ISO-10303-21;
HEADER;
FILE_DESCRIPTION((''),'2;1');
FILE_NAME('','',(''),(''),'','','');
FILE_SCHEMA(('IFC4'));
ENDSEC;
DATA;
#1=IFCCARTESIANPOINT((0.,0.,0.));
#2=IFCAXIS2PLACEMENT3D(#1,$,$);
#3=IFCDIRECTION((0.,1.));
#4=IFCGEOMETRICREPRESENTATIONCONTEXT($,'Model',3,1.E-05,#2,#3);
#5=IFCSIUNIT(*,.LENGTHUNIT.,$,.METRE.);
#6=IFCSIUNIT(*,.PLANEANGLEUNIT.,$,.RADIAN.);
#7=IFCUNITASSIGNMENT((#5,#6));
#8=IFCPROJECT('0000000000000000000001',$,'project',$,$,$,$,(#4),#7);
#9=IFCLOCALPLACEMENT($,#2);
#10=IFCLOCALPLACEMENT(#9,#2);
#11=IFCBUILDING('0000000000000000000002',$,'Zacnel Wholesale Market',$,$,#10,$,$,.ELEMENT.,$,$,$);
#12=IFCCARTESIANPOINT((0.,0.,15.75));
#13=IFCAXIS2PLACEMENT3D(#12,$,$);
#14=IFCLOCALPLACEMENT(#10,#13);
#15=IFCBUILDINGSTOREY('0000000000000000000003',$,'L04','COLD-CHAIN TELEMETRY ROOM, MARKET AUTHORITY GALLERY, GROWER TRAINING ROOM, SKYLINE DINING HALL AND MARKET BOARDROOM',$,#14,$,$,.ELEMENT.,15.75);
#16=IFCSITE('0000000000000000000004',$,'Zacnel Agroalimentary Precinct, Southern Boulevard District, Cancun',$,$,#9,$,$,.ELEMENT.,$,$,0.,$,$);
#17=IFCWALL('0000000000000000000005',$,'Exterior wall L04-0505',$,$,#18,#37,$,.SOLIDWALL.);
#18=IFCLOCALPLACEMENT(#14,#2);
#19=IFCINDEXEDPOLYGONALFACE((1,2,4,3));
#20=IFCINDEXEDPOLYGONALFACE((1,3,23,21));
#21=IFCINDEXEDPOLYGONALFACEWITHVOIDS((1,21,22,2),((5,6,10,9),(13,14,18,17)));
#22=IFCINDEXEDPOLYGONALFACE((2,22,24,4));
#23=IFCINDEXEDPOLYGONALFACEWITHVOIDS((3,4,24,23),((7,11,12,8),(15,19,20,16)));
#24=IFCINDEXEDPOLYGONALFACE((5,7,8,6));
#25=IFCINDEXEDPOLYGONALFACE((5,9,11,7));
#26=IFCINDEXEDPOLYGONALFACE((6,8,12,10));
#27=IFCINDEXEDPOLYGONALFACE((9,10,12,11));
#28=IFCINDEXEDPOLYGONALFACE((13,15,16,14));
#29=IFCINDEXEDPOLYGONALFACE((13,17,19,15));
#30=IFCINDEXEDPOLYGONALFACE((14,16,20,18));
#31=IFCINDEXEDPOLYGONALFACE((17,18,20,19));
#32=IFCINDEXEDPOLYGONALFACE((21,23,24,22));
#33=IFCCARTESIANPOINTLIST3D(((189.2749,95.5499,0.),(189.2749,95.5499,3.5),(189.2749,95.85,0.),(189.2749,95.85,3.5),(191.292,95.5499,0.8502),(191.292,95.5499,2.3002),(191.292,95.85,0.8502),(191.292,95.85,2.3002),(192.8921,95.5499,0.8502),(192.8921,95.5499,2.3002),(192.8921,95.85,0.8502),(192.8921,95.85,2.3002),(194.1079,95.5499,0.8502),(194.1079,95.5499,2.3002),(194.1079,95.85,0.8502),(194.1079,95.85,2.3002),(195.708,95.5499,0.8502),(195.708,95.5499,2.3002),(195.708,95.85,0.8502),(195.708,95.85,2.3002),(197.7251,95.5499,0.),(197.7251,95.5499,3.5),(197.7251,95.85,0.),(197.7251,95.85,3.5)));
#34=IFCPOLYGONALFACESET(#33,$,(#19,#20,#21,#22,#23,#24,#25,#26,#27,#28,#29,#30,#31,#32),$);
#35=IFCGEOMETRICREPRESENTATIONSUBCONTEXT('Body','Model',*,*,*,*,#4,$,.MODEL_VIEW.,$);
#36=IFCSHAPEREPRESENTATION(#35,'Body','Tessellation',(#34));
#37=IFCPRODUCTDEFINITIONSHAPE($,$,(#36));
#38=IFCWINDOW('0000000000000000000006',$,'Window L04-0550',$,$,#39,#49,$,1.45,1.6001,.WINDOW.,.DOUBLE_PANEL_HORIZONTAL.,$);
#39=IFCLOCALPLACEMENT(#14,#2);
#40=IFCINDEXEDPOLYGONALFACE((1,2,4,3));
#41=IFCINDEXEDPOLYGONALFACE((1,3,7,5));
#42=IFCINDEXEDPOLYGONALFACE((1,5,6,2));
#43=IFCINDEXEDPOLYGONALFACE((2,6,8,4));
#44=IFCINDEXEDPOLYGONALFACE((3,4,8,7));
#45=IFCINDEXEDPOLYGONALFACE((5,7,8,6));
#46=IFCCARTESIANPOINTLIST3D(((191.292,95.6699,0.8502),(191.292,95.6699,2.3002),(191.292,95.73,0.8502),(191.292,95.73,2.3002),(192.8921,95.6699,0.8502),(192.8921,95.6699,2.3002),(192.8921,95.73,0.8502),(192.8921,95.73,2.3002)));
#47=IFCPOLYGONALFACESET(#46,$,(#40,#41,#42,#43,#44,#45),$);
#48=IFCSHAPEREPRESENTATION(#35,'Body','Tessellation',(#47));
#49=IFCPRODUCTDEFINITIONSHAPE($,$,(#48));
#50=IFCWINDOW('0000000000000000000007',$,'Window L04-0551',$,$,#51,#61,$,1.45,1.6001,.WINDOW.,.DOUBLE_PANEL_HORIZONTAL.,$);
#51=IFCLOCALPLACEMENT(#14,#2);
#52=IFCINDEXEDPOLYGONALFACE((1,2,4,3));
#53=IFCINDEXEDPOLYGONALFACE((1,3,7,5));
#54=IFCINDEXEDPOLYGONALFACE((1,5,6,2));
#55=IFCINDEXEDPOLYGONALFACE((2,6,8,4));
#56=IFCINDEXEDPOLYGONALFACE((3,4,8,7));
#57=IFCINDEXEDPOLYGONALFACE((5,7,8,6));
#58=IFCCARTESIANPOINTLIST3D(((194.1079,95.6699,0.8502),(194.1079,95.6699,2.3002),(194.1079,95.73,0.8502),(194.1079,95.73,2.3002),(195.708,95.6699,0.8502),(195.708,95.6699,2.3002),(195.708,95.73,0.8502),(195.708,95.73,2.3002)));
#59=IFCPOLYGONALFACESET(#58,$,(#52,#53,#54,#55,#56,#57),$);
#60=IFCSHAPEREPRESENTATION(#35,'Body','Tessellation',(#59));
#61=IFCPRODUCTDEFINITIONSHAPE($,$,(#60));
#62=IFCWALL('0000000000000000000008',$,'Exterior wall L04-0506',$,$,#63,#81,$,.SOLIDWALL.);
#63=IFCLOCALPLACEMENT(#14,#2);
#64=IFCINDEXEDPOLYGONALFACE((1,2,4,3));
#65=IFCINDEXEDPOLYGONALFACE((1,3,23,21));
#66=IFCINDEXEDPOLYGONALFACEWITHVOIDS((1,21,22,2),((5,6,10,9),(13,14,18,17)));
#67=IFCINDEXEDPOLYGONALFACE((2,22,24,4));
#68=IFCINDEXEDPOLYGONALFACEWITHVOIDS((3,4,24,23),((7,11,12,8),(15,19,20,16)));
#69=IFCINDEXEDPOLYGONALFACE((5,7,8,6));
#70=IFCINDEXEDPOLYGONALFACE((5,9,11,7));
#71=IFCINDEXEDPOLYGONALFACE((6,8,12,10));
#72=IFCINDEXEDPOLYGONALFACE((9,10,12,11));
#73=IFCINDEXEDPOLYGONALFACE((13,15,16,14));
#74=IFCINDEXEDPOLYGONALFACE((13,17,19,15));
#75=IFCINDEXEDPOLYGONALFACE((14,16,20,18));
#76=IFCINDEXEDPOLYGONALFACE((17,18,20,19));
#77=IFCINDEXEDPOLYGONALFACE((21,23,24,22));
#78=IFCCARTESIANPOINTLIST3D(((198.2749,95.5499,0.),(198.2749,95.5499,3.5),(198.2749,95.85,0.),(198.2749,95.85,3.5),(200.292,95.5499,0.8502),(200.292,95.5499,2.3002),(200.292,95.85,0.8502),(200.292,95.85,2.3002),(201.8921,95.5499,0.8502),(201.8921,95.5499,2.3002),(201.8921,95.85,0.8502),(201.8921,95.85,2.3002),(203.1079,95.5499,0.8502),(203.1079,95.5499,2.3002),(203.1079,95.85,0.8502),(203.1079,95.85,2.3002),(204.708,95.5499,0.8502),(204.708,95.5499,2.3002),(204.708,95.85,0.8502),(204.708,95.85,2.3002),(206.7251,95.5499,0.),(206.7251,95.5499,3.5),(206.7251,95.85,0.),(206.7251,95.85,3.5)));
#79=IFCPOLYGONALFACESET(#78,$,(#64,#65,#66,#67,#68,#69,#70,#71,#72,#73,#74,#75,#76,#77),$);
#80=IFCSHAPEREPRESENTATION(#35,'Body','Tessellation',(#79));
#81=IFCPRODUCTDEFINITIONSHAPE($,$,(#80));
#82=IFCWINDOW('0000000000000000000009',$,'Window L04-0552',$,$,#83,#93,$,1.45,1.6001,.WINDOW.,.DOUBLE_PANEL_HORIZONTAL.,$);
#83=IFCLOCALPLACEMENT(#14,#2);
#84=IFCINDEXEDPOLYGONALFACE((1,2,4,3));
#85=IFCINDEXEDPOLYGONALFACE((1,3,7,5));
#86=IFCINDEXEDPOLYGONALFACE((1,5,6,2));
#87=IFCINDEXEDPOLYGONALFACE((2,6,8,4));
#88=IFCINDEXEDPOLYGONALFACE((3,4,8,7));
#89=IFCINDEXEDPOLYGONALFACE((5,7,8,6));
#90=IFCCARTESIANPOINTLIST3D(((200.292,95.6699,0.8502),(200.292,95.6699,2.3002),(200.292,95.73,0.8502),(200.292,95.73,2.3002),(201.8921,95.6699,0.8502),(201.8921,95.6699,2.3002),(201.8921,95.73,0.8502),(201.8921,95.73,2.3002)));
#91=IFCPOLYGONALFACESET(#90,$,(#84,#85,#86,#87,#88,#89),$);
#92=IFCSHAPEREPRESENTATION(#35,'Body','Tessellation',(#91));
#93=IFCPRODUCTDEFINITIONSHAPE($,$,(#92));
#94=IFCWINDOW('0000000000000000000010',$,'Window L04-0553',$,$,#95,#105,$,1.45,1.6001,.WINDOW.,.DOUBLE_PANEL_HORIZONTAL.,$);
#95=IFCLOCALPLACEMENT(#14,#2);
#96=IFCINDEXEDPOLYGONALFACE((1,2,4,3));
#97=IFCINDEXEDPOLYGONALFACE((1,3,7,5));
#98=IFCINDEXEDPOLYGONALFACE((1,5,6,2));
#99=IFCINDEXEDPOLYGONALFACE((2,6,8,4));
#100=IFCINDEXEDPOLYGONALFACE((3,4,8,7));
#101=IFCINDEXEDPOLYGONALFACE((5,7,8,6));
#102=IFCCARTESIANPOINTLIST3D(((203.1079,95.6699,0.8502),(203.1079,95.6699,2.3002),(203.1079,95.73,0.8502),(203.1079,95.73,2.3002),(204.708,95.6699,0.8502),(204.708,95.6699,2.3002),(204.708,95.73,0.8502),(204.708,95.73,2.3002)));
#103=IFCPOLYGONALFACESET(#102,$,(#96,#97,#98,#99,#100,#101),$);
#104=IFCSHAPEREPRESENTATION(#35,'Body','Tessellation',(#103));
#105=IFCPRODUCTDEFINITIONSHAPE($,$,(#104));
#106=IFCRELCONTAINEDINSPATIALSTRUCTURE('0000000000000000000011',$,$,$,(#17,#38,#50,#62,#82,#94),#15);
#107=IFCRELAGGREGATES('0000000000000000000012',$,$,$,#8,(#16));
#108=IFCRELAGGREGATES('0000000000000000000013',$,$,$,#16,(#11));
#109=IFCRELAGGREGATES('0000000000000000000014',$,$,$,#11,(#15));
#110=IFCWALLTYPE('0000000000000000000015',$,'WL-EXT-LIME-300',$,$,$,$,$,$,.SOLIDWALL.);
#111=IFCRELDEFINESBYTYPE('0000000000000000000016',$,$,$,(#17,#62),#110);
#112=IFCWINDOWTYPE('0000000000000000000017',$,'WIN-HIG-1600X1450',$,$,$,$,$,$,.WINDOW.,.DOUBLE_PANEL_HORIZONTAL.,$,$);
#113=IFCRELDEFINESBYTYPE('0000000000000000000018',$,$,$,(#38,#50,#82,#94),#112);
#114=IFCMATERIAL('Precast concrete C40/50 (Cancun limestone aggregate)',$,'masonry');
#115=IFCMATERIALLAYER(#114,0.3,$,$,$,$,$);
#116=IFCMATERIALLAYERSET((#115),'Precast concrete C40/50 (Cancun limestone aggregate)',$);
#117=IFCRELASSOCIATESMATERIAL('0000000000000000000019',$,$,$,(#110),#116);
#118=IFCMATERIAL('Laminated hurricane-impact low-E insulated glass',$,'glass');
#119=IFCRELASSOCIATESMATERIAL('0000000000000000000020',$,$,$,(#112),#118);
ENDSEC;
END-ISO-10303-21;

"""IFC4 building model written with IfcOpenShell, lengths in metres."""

from ifc_helpers import new_model, si_unit, direction, frame, frame_2d, origin, place, context, subcontext, project, spatial, rectangle, extrude, material, layer, layer_set, type_object, element, fill, save


model = new_model("IFC4")

# Units and contexts
model_context = context("Model", 3, precision=1e-05, world=origin(), true_north=direction((0.0, 1.0)))
body_context = subcontext(model_context, "Body", "Model", "MODEL_VIEW")
ifc_project = project(units=[si_unit("LENGTHUNIT", "METRE"), si_unit("PLANEANGLEUNIT", "RADIAN")], contexts=[model_context])

# Site, building, storey
site_placement = place(None, origin())
site = spatial("IfcSite", under=ifc_project, at=site_placement, Name="Zacnel Agroalimentary Precinct, Southern Boulevard District, Cancun", CompositionType="ELEMENT", RefElevation=0.0)
building_placement = place(site_placement, origin())
building = spatial("IfcBuilding", under=site, at=building_placement, Name="Zacnel Wholesale Market", CompositionType="ELEMENT")
storey_placement = place(building_placement, frame((0.0, 0.0, 15.75)))
storey = spatial("IfcBuildingStorey", under=building, at=storey_placement, Name="L04", Description="COLD-CHAIN TELEMETRY ROOM, MARKET AUTHORITY GALLERY, GROWER TRAINING ROOM, SKYLINE DINING HALL AND MARKET BOARDROOM", CompositionType="ELEMENT", Elevation=15.75)

# Walls, openings, windows
ifc_material_1 = material(Name="Precast concrete C40/50 (Cancun limestone aggregate)", Category="masonry")
ifc_layer = layer(ifc_material_1, 0.3)
ifc_layer_set = layer_set([ifc_layer], Name="Precast concrete C40/50 (Cancun limestone aggregate)")
wall_type = type_object("IfcWallType", Name="WL-EXT-LIME-300", PredefinedType="SOLIDWALL", material=ifc_layer_set)
wall_1_placement = place(storey_placement, frame((189.2749, 95.7, 0.0), z_axis=(0.0, 0.0, 1.0), x_axis=(1.0, 0.0, 0.0)))
wall_1 = element("IfcWall", 1, at=wall_1_placement, inside=storey, type_object=wall_type, Name="Exterior wall L04-0505", PredefinedType="SOLIDWALL", context=body_context, shape_type="SweptSolid", body=[
    extrude(rectangle(XDim=8.4502, YDim=0.3, at=frame_2d((4.2251, 0.0))), origin(), (0.0, 0.0, 1.0), 3.5),
])
opening_1_placement = place(wall_1_placement, frame((2.0171, 0.0, 0.8501)))
opening_1 = element("IfcOpeningElement", 2, at=opening_1_placement, cuts=wall_1, PredefinedType="OPENING", context=body_context, shape_type="SweptSolid", body=[
    extrude(rectangle(XDim=1.6001, YDim=1.45, at=frame_2d((0.8, 0.7251))), frame((0.0, 0.1599, 0.0), z_axis=(0.0, -1.0, 0.0), x_axis=(1.0, 0.0, 0.0)), (0.0, 0.0, 1.0), 0.3201),
])
opening_2_placement = place(wall_1_placement, frame((4.833, 0.0, 0.8501)))
opening_2 = element("IfcOpeningElement", 3, at=opening_2_placement, cuts=wall_1, PredefinedType="OPENING", context=body_context, shape_type="SweptSolid", body=[
    extrude(rectangle(XDim=1.6001, YDim=1.45, at=frame_2d((0.8, 0.7251))), frame((0.0, 0.1599, 0.0), z_axis=(0.0, -1.0, 0.0), x_axis=(1.0, 0.0, 0.0)), (0.0, 0.0, 1.0), 0.3201),
])
ifc_material_2 = material(Name="Laminated hurricane-impact low-E insulated glass", Category="glass")
window_type = type_object("IfcWindowType", Name="WIN-HIG-1600X1450", PartitioningType="DOUBLE_PANEL_HORIZONTAL", PredefinedType="WINDOW", material=ifc_material_2)
window_1_placement = place(opening_1_placement, origin())
window_1 = element("IfcWindow", 4, at=window_1_placement, inside=storey, type_object=window_type, Name="Window L04-0550", OverallHeight=1.45, OverallWidth=1.6001, PartitioningType="DOUBLE_PANEL_HORIZONTAL", PredefinedType="WINDOW", context=body_context, shape_type="SweptSolid", body=[
    extrude(rectangle(XDim=1.6001, YDim=1.45, at=frame_2d((0.8, 0.7251))), frame((0.0, 0.03, 0.0), z_axis=(0.0, -1.0, 0.0), x_axis=(1.0, 0.0, 0.0)), (0.0, 0.0, 1.0), 0.0601),
])
fill(opening_1, window_1)
window_2_placement = place(opening_2_placement, origin())
window_2 = element("IfcWindow", 5, at=window_2_placement, inside=storey, type_object=window_type, Name="Window L04-0551", OverallHeight=1.45, OverallWidth=1.6001, PartitioningType="DOUBLE_PANEL_HORIZONTAL", PredefinedType="WINDOW", context=body_context, shape_type="SweptSolid", body=[
    extrude(rectangle(XDim=1.6001, YDim=1.45, at=frame_2d((0.8, 0.7251))), frame((0.0, 0.03, 0.0), z_axis=(0.0, -1.0, 0.0), x_axis=(1.0, 0.0, 0.0)), (0.0, 0.0, 1.0), 0.0601),
])
fill(opening_2, window_2)
wall_2_placement = place(storey_placement, frame((198.2749, 95.7, 0.0), z_axis=(0.0, 0.0, 1.0), x_axis=(1.0, 0.0, 0.0)))
wall_2 = element("IfcWall", 6, at=wall_2_placement, inside=storey, type_object=wall_type, Name="Exterior wall L04-0506", PredefinedType="SOLIDWALL", context=body_context, shape_type="SweptSolid", body=[
    extrude(rectangle(XDim=8.4502, YDim=0.3, at=frame_2d((4.2251, 0.0))), origin(), (0.0, 0.0, 1.0), 3.5),
])
opening_3_placement = place(wall_2_placement, frame((2.0171, 0.0, 0.8501)))
opening_3 = element("IfcOpeningElement", 7, at=opening_3_placement, cuts=wall_2, PredefinedType="OPENING", context=body_context, shape_type="SweptSolid", body=[
    extrude(rectangle(XDim=1.6001, YDim=1.45, at=frame_2d((0.8, 0.7251))), frame((0.0, 0.1599, 0.0), z_axis=(0.0, -1.0, 0.0), x_axis=(1.0, 0.0, 0.0)), (0.0, 0.0, 1.0), 0.3201),
])
opening_4_placement = place(wall_2_placement, frame((4.833, 0.0, 0.8501)))
opening_4 = element("IfcOpeningElement", 8, at=opening_4_placement, cuts=wall_2, PredefinedType="OPENING", context=body_context, shape_type="SweptSolid", body=[
    extrude(rectangle(XDim=1.6001, YDim=1.45, at=frame_2d((0.8, 0.7251))), frame((0.0, 0.1599, 0.0), z_axis=(0.0, -1.0, 0.0), x_axis=(1.0, 0.0, 0.0)), (0.0, 0.0, 1.0), 0.3201),
])
window_3_placement = place(opening_3_placement, origin())
window_3 = element("IfcWindow", 9, at=window_3_placement, inside=storey, type_object=window_type, Name="Window L04-0552", OverallHeight=1.45, OverallWidth=1.6001, PartitioningType="DOUBLE_PANEL_HORIZONTAL", PredefinedType="WINDOW", context=body_context, shape_type="SweptSolid", body=[
    extrude(rectangle(XDim=1.6001, YDim=1.45, at=frame_2d((0.8, 0.7251))), frame((0.0, 0.03, 0.0), z_axis=(0.0, -1.0, 0.0), x_axis=(1.0, 0.0, 0.0)), (0.0, 0.0, 1.0), 0.0601),
])
fill(opening_3, window_3)
window_4_placement = place(opening_4_placement, origin())
window_4 = element("IfcWindow", 10, at=window_4_placement, inside=storey, type_object=window_type, Name="Window L04-0553", OverallHeight=1.45, OverallWidth=1.6001, PartitioningType="DOUBLE_PANEL_HORIZONTAL", PredefinedType="WINDOW", context=body_context, shape_type="SweptSolid", body=[
    extrude(rectangle(XDim=1.6001, YDim=1.45, at=frame_2d((0.8, 0.7251))), frame((0.0, 0.03, 0.0), z_axis=(0.0, -1.0, 0.0), x_axis=(1.0, 0.0, 0.0)), (0.0, 0.0, 1.0), 0.0601),
])
fill(opening_4, window_4)

save(model, "model.ifc")
